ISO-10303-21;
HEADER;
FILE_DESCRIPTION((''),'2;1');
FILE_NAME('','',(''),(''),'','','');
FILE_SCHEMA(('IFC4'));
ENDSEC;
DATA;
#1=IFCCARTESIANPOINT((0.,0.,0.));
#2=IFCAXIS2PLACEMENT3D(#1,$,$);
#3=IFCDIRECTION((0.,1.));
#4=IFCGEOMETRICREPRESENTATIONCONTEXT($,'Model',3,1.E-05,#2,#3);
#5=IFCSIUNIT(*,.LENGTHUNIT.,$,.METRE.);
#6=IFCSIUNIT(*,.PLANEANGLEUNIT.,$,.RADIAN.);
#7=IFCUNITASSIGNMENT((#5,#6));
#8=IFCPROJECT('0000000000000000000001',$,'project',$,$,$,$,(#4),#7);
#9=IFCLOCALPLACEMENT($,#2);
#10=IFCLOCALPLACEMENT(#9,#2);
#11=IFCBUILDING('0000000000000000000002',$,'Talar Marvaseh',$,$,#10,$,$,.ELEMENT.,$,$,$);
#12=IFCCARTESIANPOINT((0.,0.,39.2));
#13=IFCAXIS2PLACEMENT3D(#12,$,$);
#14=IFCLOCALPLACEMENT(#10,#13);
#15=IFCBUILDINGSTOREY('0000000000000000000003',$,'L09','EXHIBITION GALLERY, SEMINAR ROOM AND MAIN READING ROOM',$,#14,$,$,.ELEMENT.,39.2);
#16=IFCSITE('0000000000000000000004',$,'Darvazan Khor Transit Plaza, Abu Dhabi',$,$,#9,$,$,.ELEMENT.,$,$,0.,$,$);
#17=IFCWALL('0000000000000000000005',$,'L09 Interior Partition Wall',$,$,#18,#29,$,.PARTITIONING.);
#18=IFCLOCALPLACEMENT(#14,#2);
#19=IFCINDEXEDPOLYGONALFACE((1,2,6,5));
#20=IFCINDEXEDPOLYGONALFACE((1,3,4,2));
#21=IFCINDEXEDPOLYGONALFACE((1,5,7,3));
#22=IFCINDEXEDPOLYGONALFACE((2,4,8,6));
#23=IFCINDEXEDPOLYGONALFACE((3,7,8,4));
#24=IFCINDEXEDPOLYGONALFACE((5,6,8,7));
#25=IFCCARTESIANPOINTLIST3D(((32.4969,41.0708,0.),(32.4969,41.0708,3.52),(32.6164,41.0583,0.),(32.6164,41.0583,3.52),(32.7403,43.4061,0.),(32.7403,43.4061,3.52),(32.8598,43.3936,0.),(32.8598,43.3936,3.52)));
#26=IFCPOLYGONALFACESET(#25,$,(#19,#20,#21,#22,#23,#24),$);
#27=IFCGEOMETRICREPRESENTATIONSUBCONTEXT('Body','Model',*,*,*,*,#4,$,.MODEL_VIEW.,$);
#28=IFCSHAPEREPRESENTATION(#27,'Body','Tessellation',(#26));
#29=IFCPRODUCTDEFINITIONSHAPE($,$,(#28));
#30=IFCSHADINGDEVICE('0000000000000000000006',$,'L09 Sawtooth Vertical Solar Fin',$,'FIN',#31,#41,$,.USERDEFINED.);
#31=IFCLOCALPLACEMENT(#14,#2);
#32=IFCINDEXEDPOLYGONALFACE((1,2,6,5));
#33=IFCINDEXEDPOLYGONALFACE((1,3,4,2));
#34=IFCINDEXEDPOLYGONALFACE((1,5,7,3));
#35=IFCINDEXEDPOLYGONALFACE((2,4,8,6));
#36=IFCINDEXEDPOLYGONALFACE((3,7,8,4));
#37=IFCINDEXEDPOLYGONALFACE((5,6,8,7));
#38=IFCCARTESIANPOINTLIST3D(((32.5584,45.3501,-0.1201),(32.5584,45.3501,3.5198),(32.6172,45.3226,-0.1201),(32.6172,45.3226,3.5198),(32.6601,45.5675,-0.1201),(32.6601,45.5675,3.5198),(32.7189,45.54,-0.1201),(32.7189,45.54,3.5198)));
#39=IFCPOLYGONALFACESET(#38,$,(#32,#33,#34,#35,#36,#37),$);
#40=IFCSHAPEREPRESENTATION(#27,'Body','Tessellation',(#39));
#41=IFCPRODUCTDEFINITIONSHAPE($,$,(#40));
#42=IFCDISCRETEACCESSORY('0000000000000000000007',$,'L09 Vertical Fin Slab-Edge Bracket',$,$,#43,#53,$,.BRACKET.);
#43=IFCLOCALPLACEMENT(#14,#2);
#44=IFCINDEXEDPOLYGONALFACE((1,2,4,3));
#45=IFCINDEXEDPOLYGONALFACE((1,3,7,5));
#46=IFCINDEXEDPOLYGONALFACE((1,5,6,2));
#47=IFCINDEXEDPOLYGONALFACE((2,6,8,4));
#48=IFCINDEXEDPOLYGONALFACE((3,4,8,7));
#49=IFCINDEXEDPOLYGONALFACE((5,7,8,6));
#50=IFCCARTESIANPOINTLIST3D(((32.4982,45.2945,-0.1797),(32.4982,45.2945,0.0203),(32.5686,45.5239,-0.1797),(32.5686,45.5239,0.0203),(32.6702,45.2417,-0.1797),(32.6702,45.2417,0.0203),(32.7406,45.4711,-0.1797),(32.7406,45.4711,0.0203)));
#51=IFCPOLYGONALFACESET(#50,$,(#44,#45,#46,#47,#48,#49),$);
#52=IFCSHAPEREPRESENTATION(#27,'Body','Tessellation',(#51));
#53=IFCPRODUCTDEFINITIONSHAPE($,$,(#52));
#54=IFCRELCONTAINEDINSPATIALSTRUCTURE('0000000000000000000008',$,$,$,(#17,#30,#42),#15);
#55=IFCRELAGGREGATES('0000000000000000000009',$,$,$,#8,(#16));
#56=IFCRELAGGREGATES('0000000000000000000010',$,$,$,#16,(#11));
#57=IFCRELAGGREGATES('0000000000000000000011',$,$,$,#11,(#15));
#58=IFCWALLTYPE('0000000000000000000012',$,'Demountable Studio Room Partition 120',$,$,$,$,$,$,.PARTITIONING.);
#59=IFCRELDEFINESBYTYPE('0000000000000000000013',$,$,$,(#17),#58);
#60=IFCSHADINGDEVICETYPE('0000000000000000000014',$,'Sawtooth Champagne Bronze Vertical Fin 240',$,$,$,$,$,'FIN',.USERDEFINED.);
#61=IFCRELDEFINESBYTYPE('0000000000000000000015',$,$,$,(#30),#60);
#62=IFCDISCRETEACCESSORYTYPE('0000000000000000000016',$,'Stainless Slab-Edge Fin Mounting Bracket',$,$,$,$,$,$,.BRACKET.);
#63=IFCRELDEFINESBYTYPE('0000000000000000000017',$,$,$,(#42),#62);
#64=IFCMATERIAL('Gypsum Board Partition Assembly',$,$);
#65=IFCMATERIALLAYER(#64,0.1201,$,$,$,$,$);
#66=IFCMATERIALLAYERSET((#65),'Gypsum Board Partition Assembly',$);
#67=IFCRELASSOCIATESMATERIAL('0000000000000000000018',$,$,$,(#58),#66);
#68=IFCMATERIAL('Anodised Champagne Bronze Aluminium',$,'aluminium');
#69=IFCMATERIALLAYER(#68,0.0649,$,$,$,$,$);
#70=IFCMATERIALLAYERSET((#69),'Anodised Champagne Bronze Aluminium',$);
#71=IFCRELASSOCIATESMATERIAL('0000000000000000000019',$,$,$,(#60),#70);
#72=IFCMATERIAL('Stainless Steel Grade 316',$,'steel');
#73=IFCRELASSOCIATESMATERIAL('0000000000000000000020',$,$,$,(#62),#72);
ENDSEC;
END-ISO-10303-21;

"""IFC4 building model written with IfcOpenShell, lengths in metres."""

from ifc_helpers import new_model, si_unit, direction, frame, frame_2d, origin, origin_2d, place, context, subcontext, project, spatial, rectangle, extrude, source, transform, mapped, material, layer, layer_set, type_object, type_shapes, element, save


model = new_model("IFC4")

# Units and contexts
model_context = context("Model", 3, precision=1e-05, world=origin(), true_north=direction((0.0, 1.0)))
body_context = subcontext(model_context, "Body", "Model", "MODEL_VIEW")
ifc_project = project(units=[si_unit("LENGTHUNIT", "METRE"), si_unit("PLANEANGLEUNIT", "RADIAN")], contexts=[model_context])

# Site, building, storey
site_placement = place(None, origin())
site = spatial("IfcSite", under=ifc_project, at=site_placement, Name="Darvazan Khor Transit Plaza, Abu Dhabi", CompositionType="ELEMENT", RefElevation=0.0)
building_placement = place(site_placement, origin())
building = spatial("IfcBuilding", under=site, at=building_placement, Name="Talar Marvaseh", CompositionType="ELEMENT")
storey_placement = place(building_placement, frame((0.0, 0.0, 39.2)))
storey = spatial("IfcBuildingStorey", under=building, at=storey_placement, Name="L09", Description="EXHIBITION GALLERY, SEMINAR ROOM AND MAIN READING ROOM", CompositionType="ELEMENT", Elevation=39.2)

# Shared definitions
ifc_material_1 = material(Name="Gypsum Board Partition Assembly")

# Wall
ifc_layer_1 = layer(ifc_material_1, 0.1201)
ifc_layer_set_1 = layer_set([ifc_layer_1], Name="Gypsum Board Partition Assembly")
wall_type_1 = type_object("IfcWallType", Name="Demountable Studio Room Partition 120", PredefinedType="PARTITIONING", material=ifc_layer_set_1)
wall_1_placement = place(storey_placement, frame((32.5566, 41.0647, 0.0), z_axis=(0.0, 0.0, 1.0), x_axis=(0.103673, 0.994611, 0.0)))
element("IfcWall", 1, at=wall_1_placement, inside=storey, type_object=wall_type_1, Name="L09 Interior Partition Wall", PredefinedType="PARTITIONING", context=body_context, shape_type="SweptSolid", body=[
    extrude(rectangle(XDim=2.3479, YDim=0.1201, at=frame_2d((1.1738, 0.0))), origin(), (0.0, 0.0, 1.0), 3.52),
])

# Shared definitions
ifc_material_2 = material(Name="Stainless Steel Grade 316", Category="steel")

# Shading device
ifc_material_3 = material(Name="Anodised Champagne Bronze Aluminium", Category="aluminium")
ifc_layer_2 = layer(ifc_material_3, 0.0649)
ifc_layer_set_2 = layer_set([ifc_layer_2], Name="Anodised Champagne Bronze Aluminium")
shading_device_type = type_object("IfcShadingDeviceType", Name="Sawtooth Champagne Bronze Vertical Fin 240", ElementType="FIN", PredefinedType="USERDEFINED", material=ifc_layer_set_2)
shared_shape_1 = source(origin(), body_context, "Body", "SweptSolid", [
    extrude(rectangle(XDim=0.24, YDim=0.0649, at=origin_2d()), origin(), (0.0, 0.0, 1.0), 3.6399),
])
type_shapes(shading_device_type, [shared_shape_1])
shading_device_placement = place(storey_placement, frame((32.6387, 45.4451, -0.1201), z_axis=(0.0, 0.0, 1.0), x_axis=(0.423725, 0.905791, 0.0)))
element("IfcShadingDevice", 2, at=shading_device_placement, inside=storey, type_object=shading_device_type, Name="L09 Sawtooth Vertical Solar Fin", ObjectType="FIN", PredefinedType="USERDEFINED", context=body_context, shape_type="MappedRepresentation", body=[
    mapped(shared_shape_1, transform((0.0, 0.0, 0.0), x_axis=(1.0, 0.0, 0.0), y_axis=(0.0, 1.0, 0.0), z_axis=(0.0, 0.0, 1.0), scale=1.0)),
])

# Discrete accessory
discrete_accessory_type = type_object("IfcDiscreteAccessoryType", Name="Stainless Slab-Edge Fin Mounting Bracket", PredefinedType="BRACKET", material=ifc_material_2)
shared_shape_2 = source(origin(), body_context, "Body", "SweptSolid", [
    extrude(rectangle(XDim=0.24, YDim=0.1799, at=origin_2d()), origin(), (0.0, 0.0, 1.0), 0.2),
])
type_shapes(discrete_accessory_type, [shared_shape_2])
discrete_accessory_placement = place(storey_placement, frame((32.6194, 45.3828, -0.1797), z_axis=(0.0, 0.0, 1.0), x_axis=(0.29354, 0.955947, 0.0)))
element("IfcDiscreteAccessory", 3, at=discrete_accessory_placement, inside=storey, type_object=discrete_accessory_type, Name="L09 Vertical Fin Slab-Edge Bracket", PredefinedType="BRACKET", context=body_context, shape_type="MappedRepresentation", body=[
    mapped(shared_shape_2, transform((0.0, 0.0, 0.0), x_axis=(1.0, 0.0, 0.0), y_axis=(0.0, 1.0, 0.0), z_axis=(0.0, 0.0, 1.0), scale=1.0)),
])

save(model, "model.ifc")
